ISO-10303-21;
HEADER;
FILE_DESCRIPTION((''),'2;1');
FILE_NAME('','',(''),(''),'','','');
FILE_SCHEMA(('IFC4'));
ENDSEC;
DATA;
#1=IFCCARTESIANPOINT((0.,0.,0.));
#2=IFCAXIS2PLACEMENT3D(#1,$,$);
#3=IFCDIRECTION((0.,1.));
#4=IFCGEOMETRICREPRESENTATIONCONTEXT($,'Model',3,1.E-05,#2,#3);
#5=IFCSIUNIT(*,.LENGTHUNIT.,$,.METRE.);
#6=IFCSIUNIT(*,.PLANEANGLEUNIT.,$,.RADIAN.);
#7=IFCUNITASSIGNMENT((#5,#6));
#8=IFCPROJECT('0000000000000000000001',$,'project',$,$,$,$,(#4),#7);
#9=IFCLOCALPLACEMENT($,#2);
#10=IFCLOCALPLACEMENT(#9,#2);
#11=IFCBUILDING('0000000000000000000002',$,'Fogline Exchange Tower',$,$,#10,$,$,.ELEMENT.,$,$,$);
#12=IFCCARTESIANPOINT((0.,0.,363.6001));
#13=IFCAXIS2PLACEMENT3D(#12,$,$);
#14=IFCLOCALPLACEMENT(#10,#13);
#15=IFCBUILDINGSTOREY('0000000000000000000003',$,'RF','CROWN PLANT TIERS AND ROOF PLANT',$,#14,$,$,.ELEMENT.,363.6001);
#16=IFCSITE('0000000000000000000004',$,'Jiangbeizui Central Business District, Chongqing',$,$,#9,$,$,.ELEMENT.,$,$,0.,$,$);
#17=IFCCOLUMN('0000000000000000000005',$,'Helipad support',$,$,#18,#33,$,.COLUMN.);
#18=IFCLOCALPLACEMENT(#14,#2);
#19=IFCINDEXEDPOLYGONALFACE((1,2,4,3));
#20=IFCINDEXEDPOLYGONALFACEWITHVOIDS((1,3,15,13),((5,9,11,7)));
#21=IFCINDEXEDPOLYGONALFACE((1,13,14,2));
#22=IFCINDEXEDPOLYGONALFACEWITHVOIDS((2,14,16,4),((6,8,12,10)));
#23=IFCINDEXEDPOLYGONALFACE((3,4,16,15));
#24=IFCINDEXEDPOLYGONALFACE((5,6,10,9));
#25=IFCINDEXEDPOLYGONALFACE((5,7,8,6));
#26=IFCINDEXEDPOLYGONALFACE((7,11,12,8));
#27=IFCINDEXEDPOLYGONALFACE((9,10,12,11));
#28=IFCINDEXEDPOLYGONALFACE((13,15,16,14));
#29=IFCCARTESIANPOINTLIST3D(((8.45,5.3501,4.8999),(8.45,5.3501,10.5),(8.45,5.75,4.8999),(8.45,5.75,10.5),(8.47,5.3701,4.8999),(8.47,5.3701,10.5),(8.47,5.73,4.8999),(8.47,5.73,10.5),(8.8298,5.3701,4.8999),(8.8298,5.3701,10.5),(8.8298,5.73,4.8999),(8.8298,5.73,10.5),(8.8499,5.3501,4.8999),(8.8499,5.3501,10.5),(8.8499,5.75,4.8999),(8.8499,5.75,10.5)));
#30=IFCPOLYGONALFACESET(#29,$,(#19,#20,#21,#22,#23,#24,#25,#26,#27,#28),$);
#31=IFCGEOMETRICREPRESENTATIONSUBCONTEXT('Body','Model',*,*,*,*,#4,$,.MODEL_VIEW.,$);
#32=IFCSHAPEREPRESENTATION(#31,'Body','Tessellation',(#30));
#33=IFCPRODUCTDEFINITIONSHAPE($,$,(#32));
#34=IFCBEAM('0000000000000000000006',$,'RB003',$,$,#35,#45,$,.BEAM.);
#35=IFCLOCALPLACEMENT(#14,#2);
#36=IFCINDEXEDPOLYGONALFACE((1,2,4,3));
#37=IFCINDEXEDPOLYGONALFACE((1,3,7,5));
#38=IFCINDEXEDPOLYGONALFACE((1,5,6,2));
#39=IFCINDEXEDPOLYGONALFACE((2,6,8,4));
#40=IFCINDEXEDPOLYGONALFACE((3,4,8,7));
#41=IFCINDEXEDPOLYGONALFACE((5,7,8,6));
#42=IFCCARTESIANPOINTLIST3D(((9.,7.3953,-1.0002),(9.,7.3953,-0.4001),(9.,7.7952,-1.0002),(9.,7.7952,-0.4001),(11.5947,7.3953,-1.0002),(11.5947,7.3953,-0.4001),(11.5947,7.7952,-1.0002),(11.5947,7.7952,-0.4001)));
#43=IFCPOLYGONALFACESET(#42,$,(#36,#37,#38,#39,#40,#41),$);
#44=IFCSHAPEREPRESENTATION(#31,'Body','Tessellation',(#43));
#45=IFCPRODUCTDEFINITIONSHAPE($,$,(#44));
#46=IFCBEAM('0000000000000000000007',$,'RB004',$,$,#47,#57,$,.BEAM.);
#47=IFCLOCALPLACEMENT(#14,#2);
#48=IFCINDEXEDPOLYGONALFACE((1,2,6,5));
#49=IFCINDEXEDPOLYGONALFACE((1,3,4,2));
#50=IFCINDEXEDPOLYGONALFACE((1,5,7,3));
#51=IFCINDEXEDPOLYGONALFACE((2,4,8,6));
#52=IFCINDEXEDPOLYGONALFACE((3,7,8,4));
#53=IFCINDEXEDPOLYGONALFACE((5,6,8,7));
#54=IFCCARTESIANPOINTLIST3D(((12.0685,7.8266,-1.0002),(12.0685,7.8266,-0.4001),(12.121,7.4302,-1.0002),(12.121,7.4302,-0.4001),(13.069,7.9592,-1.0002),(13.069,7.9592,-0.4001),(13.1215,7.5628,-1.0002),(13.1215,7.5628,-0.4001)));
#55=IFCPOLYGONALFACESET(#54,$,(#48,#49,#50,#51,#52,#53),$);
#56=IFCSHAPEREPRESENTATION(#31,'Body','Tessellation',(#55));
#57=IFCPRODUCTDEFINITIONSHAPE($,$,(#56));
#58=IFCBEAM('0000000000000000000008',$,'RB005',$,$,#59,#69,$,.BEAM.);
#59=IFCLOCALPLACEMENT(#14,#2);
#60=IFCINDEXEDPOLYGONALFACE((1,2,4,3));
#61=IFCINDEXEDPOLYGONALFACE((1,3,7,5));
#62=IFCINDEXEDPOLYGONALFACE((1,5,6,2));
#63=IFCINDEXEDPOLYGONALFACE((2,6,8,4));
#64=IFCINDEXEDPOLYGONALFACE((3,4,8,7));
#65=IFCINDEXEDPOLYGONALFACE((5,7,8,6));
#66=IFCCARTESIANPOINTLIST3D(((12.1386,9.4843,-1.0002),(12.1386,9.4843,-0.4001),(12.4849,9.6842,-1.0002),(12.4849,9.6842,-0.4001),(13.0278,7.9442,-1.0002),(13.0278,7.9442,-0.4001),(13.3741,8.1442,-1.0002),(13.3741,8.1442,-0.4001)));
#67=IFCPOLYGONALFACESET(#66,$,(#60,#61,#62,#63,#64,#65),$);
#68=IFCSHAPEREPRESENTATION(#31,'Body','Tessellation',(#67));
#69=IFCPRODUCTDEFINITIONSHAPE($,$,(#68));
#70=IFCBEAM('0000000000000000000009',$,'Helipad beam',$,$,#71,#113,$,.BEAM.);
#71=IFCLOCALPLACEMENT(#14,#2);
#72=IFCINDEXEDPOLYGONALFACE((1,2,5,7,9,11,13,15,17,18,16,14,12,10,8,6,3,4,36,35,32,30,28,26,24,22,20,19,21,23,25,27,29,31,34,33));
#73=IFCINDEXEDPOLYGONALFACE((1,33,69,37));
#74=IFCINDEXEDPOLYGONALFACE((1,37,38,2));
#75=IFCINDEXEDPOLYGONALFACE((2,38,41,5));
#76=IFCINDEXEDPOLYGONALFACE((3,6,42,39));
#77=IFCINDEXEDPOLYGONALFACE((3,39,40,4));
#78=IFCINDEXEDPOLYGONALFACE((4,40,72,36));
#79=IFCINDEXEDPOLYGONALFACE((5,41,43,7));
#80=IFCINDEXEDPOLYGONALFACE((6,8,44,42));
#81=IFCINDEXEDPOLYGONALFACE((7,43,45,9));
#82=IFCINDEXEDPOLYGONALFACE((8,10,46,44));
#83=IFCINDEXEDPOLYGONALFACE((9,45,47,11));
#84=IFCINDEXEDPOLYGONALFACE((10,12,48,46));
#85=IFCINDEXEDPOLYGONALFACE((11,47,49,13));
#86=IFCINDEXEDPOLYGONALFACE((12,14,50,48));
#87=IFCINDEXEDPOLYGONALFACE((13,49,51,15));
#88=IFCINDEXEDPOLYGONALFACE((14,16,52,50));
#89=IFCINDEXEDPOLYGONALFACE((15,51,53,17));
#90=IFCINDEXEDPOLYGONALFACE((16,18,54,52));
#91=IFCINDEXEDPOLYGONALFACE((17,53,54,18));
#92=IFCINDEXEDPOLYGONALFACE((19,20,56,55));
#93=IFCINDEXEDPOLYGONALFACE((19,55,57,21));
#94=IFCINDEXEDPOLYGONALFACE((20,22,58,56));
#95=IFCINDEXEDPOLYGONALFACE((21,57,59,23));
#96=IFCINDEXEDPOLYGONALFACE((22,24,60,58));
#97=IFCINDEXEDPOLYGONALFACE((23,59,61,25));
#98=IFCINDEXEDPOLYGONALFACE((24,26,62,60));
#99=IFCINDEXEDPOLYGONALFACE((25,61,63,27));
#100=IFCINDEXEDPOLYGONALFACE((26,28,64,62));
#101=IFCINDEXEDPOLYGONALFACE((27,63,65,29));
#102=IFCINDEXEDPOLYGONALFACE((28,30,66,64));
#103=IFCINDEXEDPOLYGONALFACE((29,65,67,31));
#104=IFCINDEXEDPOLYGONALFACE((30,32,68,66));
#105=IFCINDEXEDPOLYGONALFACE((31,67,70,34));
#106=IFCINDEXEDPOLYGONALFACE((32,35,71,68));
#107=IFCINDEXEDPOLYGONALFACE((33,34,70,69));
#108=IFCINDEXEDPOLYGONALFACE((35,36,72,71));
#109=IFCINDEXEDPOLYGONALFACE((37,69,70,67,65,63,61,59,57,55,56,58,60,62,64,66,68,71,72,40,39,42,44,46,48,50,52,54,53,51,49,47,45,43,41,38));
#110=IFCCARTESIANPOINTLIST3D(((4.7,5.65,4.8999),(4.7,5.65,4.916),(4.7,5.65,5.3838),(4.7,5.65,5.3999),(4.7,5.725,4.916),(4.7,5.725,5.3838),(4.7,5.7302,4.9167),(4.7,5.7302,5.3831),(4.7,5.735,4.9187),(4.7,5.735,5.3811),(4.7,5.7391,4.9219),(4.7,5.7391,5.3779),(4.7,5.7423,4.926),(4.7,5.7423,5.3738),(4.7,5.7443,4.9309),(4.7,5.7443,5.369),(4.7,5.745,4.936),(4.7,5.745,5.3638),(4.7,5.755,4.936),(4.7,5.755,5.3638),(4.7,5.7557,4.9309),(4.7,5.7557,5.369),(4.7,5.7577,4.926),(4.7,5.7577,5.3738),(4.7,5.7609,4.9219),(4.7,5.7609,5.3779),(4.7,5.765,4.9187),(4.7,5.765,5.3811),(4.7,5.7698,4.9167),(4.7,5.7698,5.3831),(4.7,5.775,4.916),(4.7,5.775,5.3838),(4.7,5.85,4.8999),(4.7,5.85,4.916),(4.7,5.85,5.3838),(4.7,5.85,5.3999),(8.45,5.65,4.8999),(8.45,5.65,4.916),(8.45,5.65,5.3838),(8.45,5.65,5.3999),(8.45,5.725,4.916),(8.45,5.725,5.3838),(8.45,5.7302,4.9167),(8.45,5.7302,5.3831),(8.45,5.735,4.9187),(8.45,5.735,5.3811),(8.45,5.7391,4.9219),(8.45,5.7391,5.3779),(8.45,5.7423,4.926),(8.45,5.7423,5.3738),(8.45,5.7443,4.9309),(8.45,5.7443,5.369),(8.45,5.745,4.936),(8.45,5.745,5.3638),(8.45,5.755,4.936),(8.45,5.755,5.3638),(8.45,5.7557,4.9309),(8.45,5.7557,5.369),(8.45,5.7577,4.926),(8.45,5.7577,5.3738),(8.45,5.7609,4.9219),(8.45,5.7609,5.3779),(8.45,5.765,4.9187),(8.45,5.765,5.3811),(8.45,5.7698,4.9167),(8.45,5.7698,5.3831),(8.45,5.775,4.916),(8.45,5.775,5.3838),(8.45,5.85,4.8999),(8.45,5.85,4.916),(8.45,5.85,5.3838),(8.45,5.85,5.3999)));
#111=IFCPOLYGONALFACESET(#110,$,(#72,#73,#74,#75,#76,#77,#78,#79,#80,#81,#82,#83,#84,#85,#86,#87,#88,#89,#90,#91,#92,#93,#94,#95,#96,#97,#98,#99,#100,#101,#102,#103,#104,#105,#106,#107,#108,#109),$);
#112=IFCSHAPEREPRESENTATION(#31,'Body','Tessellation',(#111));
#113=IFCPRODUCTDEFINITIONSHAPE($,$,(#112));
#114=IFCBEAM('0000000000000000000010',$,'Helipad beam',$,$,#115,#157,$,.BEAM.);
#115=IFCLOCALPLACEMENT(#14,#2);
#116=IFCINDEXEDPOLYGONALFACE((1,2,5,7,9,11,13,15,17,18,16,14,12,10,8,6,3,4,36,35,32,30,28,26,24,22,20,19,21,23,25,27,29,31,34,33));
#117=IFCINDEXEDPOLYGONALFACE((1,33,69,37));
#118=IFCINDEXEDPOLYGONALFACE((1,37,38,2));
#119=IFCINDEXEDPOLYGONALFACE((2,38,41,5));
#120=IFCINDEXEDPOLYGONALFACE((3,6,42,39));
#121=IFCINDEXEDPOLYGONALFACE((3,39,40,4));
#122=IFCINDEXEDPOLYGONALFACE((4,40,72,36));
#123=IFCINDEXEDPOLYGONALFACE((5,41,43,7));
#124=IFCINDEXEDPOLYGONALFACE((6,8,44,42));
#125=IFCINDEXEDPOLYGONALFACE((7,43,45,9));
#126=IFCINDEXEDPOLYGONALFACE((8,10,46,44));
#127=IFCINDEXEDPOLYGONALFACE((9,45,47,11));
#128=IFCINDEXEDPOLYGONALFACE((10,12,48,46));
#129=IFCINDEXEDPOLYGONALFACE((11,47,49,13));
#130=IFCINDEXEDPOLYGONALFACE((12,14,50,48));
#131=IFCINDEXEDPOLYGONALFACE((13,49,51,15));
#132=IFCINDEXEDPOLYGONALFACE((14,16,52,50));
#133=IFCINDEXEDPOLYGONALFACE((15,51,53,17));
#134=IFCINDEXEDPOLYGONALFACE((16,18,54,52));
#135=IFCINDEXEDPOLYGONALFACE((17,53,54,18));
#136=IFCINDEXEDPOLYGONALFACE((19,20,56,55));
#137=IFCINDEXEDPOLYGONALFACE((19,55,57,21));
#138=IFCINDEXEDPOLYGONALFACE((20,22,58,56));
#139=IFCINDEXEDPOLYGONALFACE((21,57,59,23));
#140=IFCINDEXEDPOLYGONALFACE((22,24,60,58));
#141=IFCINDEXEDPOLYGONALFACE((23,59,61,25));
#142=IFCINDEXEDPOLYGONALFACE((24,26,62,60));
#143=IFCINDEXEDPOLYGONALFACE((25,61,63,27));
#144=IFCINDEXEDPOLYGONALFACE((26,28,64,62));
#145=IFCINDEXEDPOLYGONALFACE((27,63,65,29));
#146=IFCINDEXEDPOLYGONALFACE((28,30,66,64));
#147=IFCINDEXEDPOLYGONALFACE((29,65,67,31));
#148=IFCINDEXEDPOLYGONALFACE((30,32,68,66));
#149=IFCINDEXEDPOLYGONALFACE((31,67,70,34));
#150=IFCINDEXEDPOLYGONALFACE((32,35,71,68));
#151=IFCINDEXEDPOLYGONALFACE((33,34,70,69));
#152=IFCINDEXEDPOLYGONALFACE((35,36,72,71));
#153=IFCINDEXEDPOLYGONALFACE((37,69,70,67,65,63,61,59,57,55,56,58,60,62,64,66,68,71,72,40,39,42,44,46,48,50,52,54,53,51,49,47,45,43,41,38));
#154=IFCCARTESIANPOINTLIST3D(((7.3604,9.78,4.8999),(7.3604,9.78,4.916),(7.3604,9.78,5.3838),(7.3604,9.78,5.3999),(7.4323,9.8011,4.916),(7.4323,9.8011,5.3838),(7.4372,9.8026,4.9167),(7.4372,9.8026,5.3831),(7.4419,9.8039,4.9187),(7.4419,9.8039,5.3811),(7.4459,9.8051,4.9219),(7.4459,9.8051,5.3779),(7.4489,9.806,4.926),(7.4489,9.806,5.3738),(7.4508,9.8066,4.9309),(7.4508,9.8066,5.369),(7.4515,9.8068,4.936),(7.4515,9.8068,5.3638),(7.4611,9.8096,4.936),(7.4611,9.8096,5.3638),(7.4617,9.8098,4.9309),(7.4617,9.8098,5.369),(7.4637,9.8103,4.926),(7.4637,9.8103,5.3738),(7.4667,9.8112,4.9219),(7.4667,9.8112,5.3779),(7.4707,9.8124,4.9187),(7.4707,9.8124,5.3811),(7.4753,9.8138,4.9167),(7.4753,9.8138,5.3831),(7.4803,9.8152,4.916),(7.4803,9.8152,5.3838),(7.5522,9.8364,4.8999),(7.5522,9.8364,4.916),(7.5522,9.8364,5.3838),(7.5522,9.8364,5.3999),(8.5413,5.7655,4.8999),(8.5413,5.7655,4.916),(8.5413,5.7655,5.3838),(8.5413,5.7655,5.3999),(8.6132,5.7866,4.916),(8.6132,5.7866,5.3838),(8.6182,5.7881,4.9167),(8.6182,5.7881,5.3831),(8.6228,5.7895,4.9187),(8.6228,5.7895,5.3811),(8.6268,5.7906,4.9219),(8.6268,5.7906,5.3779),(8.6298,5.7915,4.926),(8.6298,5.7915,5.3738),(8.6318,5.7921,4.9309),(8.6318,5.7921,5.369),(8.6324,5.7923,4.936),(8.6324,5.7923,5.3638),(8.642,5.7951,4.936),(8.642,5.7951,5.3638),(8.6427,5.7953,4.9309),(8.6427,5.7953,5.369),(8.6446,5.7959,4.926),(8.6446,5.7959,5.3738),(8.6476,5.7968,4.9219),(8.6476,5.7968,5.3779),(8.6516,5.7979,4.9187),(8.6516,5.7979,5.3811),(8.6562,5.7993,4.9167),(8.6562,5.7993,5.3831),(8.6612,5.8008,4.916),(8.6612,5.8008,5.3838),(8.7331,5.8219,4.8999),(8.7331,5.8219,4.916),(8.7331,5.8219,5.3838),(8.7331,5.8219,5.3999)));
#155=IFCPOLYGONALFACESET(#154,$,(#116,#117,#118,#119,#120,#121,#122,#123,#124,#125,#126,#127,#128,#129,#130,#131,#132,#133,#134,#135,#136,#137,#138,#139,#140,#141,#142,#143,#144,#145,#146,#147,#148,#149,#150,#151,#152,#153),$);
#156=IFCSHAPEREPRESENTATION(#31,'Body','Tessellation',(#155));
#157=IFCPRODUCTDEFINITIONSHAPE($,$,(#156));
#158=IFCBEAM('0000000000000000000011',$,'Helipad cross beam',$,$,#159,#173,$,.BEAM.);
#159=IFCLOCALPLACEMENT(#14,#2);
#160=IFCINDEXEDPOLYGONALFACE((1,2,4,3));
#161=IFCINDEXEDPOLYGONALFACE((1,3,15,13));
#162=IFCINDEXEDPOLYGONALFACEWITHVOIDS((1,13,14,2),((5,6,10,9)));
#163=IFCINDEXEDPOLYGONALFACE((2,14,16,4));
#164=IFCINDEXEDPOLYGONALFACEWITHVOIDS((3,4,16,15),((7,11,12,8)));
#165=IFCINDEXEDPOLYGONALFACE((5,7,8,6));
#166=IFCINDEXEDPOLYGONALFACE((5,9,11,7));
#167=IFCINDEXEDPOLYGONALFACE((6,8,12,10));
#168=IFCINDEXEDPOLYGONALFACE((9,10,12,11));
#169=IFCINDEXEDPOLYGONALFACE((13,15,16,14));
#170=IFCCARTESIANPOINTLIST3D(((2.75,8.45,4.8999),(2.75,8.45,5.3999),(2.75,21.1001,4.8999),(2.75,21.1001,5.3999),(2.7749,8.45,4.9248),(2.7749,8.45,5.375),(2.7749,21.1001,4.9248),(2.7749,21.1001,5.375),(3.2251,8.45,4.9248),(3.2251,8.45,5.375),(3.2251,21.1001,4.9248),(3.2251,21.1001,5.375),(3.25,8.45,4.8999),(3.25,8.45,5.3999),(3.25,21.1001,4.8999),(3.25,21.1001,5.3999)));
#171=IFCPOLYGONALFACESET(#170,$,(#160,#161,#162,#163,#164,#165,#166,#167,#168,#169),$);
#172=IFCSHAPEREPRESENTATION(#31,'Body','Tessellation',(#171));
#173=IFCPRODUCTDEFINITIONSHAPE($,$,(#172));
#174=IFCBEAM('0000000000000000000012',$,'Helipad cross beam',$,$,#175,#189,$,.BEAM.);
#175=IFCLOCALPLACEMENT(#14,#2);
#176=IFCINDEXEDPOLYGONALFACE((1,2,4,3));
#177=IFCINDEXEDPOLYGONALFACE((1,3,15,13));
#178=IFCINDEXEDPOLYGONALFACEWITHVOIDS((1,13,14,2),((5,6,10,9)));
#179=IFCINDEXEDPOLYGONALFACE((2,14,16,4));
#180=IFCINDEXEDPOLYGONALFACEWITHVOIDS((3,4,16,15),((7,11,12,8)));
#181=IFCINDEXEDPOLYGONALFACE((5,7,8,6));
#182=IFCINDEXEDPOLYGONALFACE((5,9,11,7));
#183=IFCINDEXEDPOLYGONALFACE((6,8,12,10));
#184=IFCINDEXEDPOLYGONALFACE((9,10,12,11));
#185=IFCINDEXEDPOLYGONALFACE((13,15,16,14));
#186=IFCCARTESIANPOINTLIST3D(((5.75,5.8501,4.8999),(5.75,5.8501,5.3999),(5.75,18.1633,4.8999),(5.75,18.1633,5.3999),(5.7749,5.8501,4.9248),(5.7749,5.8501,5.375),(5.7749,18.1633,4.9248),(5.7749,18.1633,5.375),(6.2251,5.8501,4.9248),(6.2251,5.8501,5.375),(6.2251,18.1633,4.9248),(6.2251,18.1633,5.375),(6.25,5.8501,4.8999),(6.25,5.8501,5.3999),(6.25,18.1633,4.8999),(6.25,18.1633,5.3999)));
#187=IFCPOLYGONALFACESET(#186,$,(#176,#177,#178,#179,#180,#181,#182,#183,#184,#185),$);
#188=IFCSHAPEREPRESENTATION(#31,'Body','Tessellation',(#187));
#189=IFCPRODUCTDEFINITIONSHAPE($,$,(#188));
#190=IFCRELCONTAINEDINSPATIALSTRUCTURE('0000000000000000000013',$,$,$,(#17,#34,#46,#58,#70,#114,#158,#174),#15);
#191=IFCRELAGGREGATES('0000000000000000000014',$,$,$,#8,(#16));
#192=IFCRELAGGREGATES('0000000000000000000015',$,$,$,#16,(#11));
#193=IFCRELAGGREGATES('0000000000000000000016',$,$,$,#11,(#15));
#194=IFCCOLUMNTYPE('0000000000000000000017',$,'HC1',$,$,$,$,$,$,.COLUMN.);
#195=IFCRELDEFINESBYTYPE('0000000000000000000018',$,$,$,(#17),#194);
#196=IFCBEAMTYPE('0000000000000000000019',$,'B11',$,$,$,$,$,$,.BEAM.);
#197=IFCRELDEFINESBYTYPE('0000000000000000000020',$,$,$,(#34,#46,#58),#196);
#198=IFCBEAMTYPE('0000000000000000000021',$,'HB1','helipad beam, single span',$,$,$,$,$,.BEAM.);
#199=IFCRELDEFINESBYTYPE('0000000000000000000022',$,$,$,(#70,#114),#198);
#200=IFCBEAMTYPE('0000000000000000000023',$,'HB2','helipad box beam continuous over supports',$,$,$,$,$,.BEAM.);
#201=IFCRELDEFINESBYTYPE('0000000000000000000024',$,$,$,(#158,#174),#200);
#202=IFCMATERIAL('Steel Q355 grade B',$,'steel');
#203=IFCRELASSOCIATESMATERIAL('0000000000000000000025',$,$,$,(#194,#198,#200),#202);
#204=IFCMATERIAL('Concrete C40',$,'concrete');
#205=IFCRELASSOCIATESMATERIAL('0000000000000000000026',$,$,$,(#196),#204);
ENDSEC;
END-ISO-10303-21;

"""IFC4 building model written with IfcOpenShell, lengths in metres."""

from ifc_helpers import new_model, si_unit, direction, frame, origin, origin_2d, place, context, subcontext, project, spatial, rectangle, hollow_rectangle, i_section, extrude, material, material_profile, profile_set, type_object, element, save


model = new_model("IFC4")

# Units and contexts
model_context = context("Model", 3, precision=1e-05, world=origin(), true_north=direction((0.0, 1.0)))
body_context = subcontext(model_context, "Body", "Model", "MODEL_VIEW")
ifc_project = project(units=[si_unit("LENGTHUNIT", "METRE"), si_unit("PLANEANGLEUNIT", "RADIAN")], contexts=[model_context])

# Site, building, storey
site_placement = place(None, origin())
site = spatial("IfcSite", under=ifc_project, at=site_placement, Name="Jiangbeizui Central Business District, Chongqing", CompositionType="ELEMENT", RefElevation=0.0)
building_placement = place(site_placement, origin())
building = spatial("IfcBuilding", under=site, at=building_placement, Name="Fogline Exchange Tower", CompositionType="ELEMENT")
storey_placement = place(building_placement, frame((0.0, 0.0, 363.6001)))
storey = spatial("IfcBuildingStorey", under=building, at=storey_placement, Name="RF", Description="CROWN PLANT TIERS AND ROOF PLANT", CompositionType="ELEMENT", Elevation=363.6001)

# Column
ifc_material_1 = material(Name="Steel Q355 grade B", Category="steel")
ifc_material_profile_1 = material_profile(ifc_material_1, hollow_rectangle(XDim=0.3999, YDim=0.3999, WallThickness=0.02, at=origin_2d()), Name="RHS 400x400x20")
ifc_profile_set_1 = profile_set([ifc_material_profile_1], Name="Steel Q355 grade B")
column_type = type_object("IfcColumnType", Name="HC1", PredefinedType="COLUMN", material=ifc_profile_set_1)
column_placement = place(storey_placement, frame((8.6499, 5.55, 4.8999), z_axis=(0.0, 0.0, 1.0), x_axis=(1.0, 0.0, 0.0)))
element("IfcColumn", 1, at=column_placement, inside=storey, type_object=column_type, Name="Helipad support", PredefinedType="COLUMN", context=body_context, shape_type="SweptSolid", body=[
    extrude(hollow_rectangle(XDim=0.3999, YDim=0.3999, WallThickness=0.02, at=origin_2d()), origin(), (0.0, 0.0, 1.0), 5.6001),
])

# Beams
ifc_material_2 = material(Name="Concrete C40", Category="concrete")
ifc_material_profile_2 = material_profile(ifc_material_2, rectangle(XDim=0.3999, YDim=0.6001, at=origin_2d()), Name="RC 400x600")
ifc_profile_set_2 = profile_set([ifc_material_profile_2], Name="Concrete C40")
beam_type_1 = type_object("IfcBeamType", Name="B11", PredefinedType="BEAM", material=ifc_profile_set_2)
beam_1_placement = place(storey_placement, frame((9.0, 7.5952, -0.7002), z_axis=(1.0, 0.0, 0.0), x_axis=(0.0, 1.0, 0.0)))
element("IfcBeam", 2, at=beam_1_placement, inside=storey, type_object=beam_type_1, Name="RB003", PredefinedType="BEAM", context=body_context, shape_type="SweptSolid", body=[
    extrude(rectangle(XDim=0.3999, YDim=0.6001, at=origin_2d()), origin(), (0.0, 0.0, 1.0), 2.5947),
])
beam_2_placement = place(storey_placement, frame((12.0947, 7.6284, -0.7002), z_axis=(0.991335, 0.131356, 0.0), x_axis=(-0.131356, 0.991335, 0.0)))
element("IfcBeam", 3, at=beam_2_placement, inside=storey, type_object=beam_type_1, Name="RB004", PredefinedType="BEAM", context=body_context, shape_type="SweptSolid", body=[
    extrude(rectangle(XDim=0.3999, YDim=0.6001, at=origin_2d()), origin(), (0.0, 0.0, 1.0), 1.0093),
])
beam_3_placement = place(storey_placement, frame((13.2009, 8.0442, -0.7002), z_axis=(-0.500008, 0.866021, 0.0), x_axis=(-0.866021, -0.500008, 0.0)))
element("IfcBeam", 4, at=beam_3_placement, inside=storey, type_object=beam_type_1, Name="RB005", PredefinedType="BEAM", context=body_context, shape_type="SweptSolid", body=[
    extrude(rectangle(XDim=0.3999, YDim=0.6001, at=origin_2d()), origin(), (0.0, 0.0, 1.0), 1.7783),
])
ifc_material_profile_3 = material_profile(ifc_material_1, i_section(OverallWidth=0.2, OverallDepth=0.5, WebThickness=0.01, FlangeThickness=0.0161, FilletRadius=0.02, at=origin_2d()), Name="HN500X200X10X16")
ifc_profile_set_3 = profile_set([ifc_material_profile_3], Name="Steel Q355 grade B")
beam_type_2 = type_object("IfcBeamType", Name="HB1", Description="helipad beam, single span", PredefinedType="BEAM", material=ifc_profile_set_3)
beam_4_placement = place(storey_placement, frame((4.7, 5.75, 5.1499), z_axis=(1.0, 0.0, 0.0), x_axis=(0.0, 1.0, 0.0)))
element("IfcBeam", 5, at=beam_4_placement, inside=storey, type_object=beam_type_2, Name="Helipad beam", PredefinedType="BEAM", context=body_context, shape_type="SweptSolid", body=[
    extrude(i_section(OverallWidth=0.2, OverallDepth=0.5, WebThickness=0.01, FlangeThickness=0.0161, FilletRadius=0.02, at=origin_2d()), origin(), (0.0, 0.0, 1.0), 3.75),
])
beam_5_placement = place(storey_placement, frame((8.6372, 5.7937, 5.1499), z_axis=(-0.282211, 0.959352, 0.0), x_axis=(-0.959352, -0.282211, 0.0)))
element("IfcBeam", 6, at=beam_5_placement, inside=storey, type_object=beam_type_2, Name="Helipad beam", PredefinedType="BEAM", context=body_context, shape_type="SweptSolid", body=[
    extrude(i_section(OverallWidth=0.2, OverallDepth=0.5, WebThickness=0.01, FlangeThickness=0.0161, FilletRadius=0.02, at=origin_2d()), origin(), (0.0, 0.0, 1.0), 4.1846),
])
ifc_material_profile_4 = material_profile(ifc_material_1, hollow_rectangle(XDim=0.5, YDim=0.5, WallThickness=0.0249, at=origin_2d()), Name="BOX500X500X25")
ifc_profile_set_4 = profile_set([ifc_material_profile_4], Name="Steel Q355 grade B")
beam_type_3 = type_object("IfcBeamType", Name="HB2", Description="helipad box beam continuous over supports", PredefinedType="BEAM", material=ifc_profile_set_4)
beam_6_placement = place(storey_placement, frame((3.0, 8.45, 5.1499), z_axis=(0.0, 1.0, 0.0), x_axis=(-1.0, 0.0, 0.0)))
element("IfcBeam", 7, at=beam_6_placement, inside=storey, type_object=beam_type_3, Name="Helipad cross beam", PredefinedType="BEAM", context=body_context, shape_type="SweptSolid", body=[
    extrude(hollow_rectangle(XDim=0.5, YDim=0.5, WallThickness=0.0249, at=origin_2d()), origin(), (0.0, 0.0, 1.0), 12.6501),
])
beam_7_placement = place(storey_placement, frame((6.0, 5.8501, 5.1499), z_axis=(0.0, 1.0, 0.0), x_axis=(-1.0, 0.0, 0.0)))
element("IfcBeam", 8, at=beam_7_placement, inside=storey, type_object=beam_type_3, Name="Helipad cross beam", PredefinedType="BEAM", context=body_context, shape_type="SweptSolid", body=[
    extrude(hollow_rectangle(XDim=0.5, YDim=0.5, WallThickness=0.0249, at=origin_2d()), origin(), (0.0, 0.0, 1.0), 12.3132),
])

save(model, "model.ifc")
